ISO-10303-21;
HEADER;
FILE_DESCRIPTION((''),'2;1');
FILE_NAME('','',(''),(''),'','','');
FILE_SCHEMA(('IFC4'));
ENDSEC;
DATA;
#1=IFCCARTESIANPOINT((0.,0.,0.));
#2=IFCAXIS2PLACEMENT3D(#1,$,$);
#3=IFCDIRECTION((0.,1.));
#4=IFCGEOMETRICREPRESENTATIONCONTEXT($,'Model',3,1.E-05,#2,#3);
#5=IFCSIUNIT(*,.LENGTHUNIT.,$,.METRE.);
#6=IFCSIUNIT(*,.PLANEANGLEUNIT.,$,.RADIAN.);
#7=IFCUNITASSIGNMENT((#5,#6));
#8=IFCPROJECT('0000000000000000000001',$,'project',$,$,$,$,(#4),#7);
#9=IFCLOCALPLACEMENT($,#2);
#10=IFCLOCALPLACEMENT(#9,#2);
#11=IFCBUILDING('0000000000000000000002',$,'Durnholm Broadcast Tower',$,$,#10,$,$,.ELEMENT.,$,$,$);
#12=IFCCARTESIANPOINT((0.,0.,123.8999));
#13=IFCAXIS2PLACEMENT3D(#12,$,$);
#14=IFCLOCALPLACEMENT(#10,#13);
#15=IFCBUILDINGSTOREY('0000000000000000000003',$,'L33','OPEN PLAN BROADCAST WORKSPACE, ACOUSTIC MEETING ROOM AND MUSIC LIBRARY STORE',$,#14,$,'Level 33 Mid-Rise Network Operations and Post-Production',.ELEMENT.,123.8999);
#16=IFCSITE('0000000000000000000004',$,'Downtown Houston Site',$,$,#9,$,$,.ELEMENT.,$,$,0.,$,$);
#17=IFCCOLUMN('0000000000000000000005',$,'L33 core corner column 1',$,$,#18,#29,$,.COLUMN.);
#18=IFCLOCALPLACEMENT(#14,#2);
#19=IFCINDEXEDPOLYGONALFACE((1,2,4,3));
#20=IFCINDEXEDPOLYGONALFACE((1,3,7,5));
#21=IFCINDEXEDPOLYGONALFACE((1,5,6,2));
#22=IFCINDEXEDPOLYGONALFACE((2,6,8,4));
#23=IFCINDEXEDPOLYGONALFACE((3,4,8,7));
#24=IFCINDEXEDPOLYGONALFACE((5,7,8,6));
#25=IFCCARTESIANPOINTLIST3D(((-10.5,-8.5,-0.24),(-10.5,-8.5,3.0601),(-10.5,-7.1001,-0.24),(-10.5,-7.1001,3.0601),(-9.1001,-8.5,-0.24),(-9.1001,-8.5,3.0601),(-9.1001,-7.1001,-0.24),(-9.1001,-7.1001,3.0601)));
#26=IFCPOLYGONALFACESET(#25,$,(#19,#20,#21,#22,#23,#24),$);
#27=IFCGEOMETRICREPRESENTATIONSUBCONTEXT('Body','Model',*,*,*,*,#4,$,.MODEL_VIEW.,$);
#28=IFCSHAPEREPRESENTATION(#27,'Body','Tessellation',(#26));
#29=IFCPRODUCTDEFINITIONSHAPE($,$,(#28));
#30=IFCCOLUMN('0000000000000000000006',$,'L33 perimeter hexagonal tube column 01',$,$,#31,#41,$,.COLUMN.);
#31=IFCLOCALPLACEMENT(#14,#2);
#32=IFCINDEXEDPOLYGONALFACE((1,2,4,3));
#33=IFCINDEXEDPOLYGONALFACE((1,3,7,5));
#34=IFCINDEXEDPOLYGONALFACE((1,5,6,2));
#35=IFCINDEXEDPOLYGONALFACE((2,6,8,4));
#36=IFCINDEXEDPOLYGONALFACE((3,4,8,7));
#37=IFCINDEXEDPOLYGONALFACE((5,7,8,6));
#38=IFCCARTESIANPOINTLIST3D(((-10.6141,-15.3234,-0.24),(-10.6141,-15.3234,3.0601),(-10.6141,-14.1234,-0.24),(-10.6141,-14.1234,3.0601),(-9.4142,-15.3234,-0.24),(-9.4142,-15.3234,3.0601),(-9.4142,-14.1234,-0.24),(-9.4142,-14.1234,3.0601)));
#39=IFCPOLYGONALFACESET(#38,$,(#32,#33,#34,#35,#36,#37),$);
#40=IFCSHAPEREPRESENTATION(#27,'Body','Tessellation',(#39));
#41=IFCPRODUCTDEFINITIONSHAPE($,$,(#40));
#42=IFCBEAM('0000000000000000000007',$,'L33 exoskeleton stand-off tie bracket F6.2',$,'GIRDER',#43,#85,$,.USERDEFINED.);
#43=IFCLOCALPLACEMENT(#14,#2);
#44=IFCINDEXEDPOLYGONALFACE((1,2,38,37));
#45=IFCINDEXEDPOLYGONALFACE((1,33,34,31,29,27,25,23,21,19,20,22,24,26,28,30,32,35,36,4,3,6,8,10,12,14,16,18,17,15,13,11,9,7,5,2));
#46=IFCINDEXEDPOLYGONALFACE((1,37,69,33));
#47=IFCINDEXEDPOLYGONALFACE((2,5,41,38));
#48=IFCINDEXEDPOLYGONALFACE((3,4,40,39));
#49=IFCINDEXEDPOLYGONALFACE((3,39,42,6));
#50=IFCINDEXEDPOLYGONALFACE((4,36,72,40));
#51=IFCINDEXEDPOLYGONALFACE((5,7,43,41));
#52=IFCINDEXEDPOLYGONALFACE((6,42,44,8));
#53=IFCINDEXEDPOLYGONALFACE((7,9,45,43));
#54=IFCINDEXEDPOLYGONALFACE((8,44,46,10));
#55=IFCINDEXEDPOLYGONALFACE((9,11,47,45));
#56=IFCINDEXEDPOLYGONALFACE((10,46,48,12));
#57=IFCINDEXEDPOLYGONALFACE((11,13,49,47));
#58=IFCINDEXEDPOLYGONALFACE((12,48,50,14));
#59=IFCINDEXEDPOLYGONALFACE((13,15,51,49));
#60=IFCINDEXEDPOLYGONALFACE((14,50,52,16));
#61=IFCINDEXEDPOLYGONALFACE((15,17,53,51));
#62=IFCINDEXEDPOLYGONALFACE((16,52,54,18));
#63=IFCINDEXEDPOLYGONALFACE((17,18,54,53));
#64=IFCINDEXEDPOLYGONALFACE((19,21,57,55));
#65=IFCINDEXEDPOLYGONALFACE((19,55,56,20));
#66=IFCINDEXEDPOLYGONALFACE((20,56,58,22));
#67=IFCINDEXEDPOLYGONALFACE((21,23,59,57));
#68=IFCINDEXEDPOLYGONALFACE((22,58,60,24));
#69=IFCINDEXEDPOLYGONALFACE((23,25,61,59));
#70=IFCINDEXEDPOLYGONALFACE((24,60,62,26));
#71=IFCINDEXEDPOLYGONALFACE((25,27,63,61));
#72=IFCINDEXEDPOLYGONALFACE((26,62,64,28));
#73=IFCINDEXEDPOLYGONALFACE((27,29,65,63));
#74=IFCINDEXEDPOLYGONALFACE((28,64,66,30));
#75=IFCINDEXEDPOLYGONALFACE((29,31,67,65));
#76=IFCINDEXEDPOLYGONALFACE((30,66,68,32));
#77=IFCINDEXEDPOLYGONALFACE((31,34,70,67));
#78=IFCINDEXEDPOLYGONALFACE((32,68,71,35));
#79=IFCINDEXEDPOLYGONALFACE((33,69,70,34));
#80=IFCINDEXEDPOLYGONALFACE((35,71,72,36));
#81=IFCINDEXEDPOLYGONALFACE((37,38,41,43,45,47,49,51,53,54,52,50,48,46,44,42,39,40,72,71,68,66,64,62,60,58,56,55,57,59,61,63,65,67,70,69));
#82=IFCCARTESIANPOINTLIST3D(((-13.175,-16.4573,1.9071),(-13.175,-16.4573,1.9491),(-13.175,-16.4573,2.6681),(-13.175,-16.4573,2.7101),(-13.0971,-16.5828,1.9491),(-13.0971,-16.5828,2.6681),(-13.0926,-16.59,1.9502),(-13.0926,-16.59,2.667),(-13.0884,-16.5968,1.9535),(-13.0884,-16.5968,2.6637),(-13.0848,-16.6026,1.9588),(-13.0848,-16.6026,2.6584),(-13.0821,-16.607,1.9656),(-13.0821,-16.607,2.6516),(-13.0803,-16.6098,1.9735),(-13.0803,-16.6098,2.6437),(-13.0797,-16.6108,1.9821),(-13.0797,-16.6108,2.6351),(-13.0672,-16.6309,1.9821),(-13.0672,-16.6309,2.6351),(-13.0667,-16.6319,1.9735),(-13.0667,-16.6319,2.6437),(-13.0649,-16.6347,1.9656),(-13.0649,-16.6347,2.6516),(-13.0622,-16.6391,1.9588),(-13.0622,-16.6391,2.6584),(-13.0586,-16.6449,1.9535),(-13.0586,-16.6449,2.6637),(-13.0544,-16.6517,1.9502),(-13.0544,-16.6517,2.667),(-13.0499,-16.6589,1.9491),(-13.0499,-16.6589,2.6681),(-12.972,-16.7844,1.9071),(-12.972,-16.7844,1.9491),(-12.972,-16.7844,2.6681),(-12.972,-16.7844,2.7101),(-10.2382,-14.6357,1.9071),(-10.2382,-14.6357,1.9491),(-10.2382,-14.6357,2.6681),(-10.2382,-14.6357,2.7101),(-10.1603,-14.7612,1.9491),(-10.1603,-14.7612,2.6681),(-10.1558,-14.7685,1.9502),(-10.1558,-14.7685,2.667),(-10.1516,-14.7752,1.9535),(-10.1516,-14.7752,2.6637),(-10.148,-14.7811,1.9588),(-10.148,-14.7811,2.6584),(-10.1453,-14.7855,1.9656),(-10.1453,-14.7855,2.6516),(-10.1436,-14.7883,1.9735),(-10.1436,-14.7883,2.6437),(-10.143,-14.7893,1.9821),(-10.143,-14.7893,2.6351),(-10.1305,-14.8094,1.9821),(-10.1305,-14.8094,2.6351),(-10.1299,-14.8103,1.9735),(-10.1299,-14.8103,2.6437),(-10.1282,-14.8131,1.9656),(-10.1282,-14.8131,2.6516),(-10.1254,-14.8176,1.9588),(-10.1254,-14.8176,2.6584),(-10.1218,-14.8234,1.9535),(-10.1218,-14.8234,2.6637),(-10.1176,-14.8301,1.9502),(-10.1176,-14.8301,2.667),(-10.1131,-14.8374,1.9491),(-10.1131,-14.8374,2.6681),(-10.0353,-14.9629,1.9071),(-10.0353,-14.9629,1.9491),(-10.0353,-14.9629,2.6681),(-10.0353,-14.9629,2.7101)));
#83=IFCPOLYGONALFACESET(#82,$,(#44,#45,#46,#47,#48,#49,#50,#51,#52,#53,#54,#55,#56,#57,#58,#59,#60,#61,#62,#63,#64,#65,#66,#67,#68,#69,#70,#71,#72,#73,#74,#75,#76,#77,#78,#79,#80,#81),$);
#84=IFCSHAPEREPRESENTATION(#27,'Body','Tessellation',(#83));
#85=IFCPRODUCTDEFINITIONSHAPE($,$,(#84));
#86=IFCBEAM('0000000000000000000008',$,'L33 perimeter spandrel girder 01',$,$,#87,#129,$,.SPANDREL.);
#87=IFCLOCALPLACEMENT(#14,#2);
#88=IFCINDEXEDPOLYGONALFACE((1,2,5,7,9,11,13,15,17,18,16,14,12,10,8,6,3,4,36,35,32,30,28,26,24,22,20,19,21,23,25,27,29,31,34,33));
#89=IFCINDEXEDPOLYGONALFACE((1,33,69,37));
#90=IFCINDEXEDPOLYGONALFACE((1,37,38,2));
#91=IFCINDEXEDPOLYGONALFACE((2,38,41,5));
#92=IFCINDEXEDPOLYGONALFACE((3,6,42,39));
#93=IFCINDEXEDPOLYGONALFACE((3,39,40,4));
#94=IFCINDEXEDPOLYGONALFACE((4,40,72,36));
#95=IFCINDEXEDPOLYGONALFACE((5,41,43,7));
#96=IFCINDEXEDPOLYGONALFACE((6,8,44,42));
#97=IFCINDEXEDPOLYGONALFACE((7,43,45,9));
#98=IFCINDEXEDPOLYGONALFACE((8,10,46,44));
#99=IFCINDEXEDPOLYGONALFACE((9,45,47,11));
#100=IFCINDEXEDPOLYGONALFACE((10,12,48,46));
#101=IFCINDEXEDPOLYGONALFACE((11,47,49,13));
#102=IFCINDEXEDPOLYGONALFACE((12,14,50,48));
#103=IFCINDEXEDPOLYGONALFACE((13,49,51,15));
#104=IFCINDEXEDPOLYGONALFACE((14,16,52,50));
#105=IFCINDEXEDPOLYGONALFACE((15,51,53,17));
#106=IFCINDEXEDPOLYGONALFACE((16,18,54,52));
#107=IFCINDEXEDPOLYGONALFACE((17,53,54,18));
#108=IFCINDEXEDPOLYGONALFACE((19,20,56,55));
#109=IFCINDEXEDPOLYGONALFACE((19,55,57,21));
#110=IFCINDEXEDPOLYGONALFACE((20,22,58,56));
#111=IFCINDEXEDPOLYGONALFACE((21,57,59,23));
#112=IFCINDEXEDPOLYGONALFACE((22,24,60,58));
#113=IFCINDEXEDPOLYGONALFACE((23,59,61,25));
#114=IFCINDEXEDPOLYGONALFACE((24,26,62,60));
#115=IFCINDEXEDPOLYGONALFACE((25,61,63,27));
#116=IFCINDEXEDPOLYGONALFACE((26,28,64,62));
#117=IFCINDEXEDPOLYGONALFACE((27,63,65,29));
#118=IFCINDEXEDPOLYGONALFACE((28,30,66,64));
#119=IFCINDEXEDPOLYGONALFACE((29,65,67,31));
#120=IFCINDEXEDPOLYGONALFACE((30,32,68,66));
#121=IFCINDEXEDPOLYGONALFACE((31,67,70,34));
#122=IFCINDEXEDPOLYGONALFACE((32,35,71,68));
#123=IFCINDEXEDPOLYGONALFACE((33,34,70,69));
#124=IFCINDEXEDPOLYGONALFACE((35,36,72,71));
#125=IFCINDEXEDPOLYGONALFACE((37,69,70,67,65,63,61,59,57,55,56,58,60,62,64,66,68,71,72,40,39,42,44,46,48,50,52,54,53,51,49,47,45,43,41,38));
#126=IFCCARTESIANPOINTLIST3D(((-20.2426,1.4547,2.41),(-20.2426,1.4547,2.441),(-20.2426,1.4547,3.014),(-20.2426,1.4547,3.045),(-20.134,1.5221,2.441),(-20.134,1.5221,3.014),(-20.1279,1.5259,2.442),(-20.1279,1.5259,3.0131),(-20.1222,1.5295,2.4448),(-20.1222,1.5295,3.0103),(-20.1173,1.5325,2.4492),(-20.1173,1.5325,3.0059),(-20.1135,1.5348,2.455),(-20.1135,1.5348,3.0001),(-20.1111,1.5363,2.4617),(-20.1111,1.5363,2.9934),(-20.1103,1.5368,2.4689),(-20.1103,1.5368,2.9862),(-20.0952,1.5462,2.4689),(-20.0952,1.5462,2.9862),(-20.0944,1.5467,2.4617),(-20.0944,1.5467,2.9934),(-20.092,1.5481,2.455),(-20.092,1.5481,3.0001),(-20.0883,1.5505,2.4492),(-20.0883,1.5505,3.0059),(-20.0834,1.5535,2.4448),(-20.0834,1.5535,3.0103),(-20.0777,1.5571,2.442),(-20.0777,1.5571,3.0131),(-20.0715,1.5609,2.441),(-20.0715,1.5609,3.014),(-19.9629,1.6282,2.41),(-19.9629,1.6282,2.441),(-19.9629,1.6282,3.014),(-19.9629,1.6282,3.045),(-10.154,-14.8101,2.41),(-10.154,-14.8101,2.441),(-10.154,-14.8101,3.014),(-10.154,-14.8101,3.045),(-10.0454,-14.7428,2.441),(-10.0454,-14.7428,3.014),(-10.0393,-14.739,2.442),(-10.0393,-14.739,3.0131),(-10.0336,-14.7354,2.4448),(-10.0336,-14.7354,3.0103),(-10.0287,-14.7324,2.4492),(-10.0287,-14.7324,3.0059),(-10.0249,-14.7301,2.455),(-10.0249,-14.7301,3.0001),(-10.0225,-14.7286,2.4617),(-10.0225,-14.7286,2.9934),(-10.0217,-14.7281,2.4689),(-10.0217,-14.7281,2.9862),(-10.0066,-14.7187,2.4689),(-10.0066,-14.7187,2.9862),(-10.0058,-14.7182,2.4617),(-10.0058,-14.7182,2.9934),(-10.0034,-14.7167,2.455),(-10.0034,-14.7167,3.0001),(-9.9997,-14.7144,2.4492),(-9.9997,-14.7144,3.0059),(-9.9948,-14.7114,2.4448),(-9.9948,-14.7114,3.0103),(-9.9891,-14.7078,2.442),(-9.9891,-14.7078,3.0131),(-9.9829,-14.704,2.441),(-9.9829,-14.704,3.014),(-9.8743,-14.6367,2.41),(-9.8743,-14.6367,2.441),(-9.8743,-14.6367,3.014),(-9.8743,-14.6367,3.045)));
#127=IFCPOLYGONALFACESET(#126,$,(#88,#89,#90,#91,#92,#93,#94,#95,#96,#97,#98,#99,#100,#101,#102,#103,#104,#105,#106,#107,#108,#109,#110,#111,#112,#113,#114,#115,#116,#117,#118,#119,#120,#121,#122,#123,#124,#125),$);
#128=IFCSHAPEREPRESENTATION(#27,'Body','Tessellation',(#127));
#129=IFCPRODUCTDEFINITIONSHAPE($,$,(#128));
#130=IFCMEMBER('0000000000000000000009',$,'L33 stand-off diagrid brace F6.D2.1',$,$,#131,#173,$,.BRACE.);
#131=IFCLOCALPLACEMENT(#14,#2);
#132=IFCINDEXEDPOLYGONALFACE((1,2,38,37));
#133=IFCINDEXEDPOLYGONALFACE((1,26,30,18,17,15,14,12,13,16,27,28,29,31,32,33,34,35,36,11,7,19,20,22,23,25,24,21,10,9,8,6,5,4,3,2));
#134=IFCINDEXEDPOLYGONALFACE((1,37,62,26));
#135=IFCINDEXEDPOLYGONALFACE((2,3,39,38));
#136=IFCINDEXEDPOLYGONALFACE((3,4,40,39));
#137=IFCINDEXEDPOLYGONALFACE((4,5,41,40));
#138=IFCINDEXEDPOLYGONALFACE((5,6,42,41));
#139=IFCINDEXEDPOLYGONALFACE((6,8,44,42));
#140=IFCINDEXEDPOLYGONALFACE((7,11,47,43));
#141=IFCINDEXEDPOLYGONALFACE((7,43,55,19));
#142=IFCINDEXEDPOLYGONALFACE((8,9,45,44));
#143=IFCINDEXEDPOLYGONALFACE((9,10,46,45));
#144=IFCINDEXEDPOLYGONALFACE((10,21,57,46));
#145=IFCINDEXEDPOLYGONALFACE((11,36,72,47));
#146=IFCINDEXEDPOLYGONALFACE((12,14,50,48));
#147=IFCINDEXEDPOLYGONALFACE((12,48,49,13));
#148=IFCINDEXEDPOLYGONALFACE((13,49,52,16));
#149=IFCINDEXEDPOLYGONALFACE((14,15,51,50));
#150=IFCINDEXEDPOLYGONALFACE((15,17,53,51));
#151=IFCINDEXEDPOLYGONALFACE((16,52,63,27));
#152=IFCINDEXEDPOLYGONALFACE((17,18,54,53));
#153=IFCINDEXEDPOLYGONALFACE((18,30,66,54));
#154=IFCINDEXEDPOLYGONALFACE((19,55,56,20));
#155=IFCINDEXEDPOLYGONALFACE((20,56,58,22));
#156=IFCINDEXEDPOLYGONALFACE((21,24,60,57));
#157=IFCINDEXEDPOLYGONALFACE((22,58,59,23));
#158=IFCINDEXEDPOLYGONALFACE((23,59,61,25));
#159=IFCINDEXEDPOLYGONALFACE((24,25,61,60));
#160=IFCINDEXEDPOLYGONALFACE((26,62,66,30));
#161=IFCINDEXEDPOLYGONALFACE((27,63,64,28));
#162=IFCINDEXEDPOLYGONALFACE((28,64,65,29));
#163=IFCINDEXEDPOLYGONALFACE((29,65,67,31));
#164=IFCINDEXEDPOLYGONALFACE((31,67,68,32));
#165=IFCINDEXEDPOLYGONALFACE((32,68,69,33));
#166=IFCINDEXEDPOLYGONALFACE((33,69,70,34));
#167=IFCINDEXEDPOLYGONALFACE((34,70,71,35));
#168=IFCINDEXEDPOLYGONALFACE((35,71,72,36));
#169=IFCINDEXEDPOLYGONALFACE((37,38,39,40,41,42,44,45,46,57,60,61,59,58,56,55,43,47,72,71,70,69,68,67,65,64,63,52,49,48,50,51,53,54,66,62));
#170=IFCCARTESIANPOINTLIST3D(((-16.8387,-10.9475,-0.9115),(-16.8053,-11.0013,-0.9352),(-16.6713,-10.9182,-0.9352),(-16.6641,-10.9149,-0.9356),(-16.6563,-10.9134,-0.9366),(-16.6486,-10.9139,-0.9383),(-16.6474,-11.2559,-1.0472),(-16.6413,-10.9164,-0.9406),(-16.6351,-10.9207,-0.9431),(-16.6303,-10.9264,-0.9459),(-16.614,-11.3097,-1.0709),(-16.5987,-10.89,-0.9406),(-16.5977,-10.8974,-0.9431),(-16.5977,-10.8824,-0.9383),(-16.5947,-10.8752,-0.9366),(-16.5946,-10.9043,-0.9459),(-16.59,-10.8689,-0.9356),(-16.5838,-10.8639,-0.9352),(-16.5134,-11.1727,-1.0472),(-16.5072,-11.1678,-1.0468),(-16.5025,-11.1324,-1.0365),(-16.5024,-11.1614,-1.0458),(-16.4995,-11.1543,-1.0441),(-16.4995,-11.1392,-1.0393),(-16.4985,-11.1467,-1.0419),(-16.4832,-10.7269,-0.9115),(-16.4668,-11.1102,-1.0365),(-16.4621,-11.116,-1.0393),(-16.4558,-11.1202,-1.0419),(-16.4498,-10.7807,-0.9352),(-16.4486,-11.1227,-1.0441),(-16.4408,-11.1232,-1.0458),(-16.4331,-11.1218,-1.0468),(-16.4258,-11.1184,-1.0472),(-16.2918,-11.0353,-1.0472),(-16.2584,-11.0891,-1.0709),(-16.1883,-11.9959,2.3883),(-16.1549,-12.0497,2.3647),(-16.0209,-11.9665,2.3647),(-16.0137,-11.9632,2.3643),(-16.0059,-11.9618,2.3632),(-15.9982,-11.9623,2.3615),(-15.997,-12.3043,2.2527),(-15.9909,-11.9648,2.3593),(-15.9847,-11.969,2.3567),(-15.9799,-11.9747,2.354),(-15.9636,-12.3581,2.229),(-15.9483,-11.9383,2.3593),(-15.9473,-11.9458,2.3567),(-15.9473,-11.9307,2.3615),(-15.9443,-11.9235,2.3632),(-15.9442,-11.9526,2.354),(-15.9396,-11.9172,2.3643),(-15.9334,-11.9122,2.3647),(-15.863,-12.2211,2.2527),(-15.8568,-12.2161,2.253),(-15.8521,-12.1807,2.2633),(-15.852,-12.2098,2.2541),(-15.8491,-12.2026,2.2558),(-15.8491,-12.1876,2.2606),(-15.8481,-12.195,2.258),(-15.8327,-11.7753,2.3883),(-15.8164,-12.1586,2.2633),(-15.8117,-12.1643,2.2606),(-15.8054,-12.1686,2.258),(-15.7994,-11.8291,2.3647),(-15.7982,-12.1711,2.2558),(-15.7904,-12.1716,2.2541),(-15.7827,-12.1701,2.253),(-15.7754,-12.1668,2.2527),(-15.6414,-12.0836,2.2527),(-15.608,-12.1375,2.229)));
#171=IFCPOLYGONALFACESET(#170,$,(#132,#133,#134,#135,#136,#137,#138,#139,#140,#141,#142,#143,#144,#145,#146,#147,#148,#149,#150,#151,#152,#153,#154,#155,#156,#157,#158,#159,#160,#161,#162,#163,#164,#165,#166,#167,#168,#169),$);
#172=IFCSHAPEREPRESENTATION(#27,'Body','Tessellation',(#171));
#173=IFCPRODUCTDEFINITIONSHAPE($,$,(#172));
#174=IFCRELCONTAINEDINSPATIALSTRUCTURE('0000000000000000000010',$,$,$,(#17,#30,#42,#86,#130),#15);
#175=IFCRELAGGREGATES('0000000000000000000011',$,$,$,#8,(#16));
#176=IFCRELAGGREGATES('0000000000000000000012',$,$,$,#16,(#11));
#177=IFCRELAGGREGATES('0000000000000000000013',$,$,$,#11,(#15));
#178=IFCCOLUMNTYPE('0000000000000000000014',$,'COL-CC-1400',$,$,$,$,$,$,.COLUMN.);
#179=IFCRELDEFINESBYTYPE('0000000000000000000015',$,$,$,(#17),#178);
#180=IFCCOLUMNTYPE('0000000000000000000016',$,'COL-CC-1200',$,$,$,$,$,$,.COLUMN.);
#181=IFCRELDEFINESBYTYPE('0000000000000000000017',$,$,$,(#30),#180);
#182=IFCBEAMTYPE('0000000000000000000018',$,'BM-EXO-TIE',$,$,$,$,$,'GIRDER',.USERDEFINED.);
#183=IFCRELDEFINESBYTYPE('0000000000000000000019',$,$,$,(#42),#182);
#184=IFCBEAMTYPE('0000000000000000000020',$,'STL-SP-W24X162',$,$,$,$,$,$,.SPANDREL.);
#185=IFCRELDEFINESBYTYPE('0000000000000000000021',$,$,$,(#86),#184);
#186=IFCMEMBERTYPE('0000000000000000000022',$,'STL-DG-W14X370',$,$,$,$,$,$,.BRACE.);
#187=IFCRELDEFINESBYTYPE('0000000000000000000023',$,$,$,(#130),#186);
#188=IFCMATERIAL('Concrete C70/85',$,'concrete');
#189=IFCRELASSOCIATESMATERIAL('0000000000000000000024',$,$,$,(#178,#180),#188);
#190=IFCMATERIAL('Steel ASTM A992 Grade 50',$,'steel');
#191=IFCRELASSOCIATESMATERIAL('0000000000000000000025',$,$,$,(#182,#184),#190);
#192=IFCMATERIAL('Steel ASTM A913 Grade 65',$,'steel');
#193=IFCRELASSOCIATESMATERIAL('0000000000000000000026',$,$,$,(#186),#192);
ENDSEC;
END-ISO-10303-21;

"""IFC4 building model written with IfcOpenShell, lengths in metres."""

from ifc_helpers import new_model, si_unit, direction, frame, origin, origin_2d, place, context, subcontext, project, spatial, rectangle, i_section, extrude, source, transform, mapped, material, material_profile, profile_set, type_object, type_shapes, element, save


model = new_model("IFC4")

# Units and contexts
model_context = context("Model", 3, precision=1e-05, world=origin(), true_north=direction((0.0, 1.0)))
body_context = subcontext(model_context, "Body", "Model", "MODEL_VIEW")
ifc_project = project(units=[si_unit("LENGTHUNIT", "METRE"), si_unit("PLANEANGLEUNIT", "RADIAN")], contexts=[model_context])

# Site, building, storey
site_placement = place(None, origin())
site = spatial("IfcSite", under=ifc_project, at=site_placement, Name="Downtown Houston Site", CompositionType="ELEMENT", RefElevation=0.0)
building_placement = place(site_placement, origin())
building = spatial("IfcBuilding", under=site, at=building_placement, Name="Durnholm Broadcast Tower", CompositionType="ELEMENT")
storey_placement = place(building_placement, frame((0.0, 0.0, 123.8999)))
storey = spatial("IfcBuildingStorey", under=building, at=storey_placement, Name="L33", Description="OPEN PLAN BROADCAST WORKSPACE, ACOUSTIC MEETING ROOM AND MUSIC LIBRARY STORE", LongName="Level 33 Mid-Rise Network Operations and Post-Production", CompositionType="ELEMENT", Elevation=123.8999)

# Columns
ifc_material_1 = material(Name="Concrete C70/85", Category="concrete")
ifc_material_profile_1 = material_profile(ifc_material_1, rectangle(XDim=1.3999, YDim=1.3999, at=origin_2d()), Name="RC1400X1400")
ifc_profile_set_1 = profile_set([ifc_material_profile_1], Name="Concrete C70/85")
column_type_1 = type_object("IfcColumnType", Name="COL-CC-1400", PredefinedType="COLUMN", material=ifc_profile_set_1)
shared_shape_1 = source(origin(), body_context, "Body", "SweptSolid", [
    extrude(rectangle(XDim=1.3999, YDim=1.3999, at=origin_2d()), origin(), (0.0, 0.0, 1.0), 3.3),
])
type_shapes(column_type_1, [shared_shape_1])
column_1_placement = place(storey_placement, frame((-9.8, -7.8, -0.24), z_axis=(0.0, 0.0, 1.0), x_axis=(1.0, 0.0, 0.0)))
element("IfcColumn", 1, at=column_1_placement, inside=storey, type_object=column_type_1, Name="L33 core corner column 1", PredefinedType="COLUMN", context=body_context, shape_type="MappedRepresentation", body=[
    mapped(shared_shape_1, transform((0.0, 0.0, 0.0), x_axis=(1.0, 0.0, 0.0), y_axis=(0.0, 1.0, 0.0), z_axis=(0.0, 0.0, 1.0), scale=1.0)),
])
ifc_material_profile_2 = material_profile(ifc_material_1, rectangle(XDim=1.2, YDim=1.2, at=origin_2d()), Name="RC1200X1200")
ifc_profile_set_2 = profile_set([ifc_material_profile_2], Name="Concrete C70/85")
column_type_2 = type_object("IfcColumnType", Name="COL-CC-1200", PredefinedType="COLUMN", material=ifc_profile_set_2)
shared_shape_2 = source(origin(), body_context, "Body", "SweptSolid", [
    extrude(rectangle(XDim=1.2, YDim=1.2, at=origin_2d()), origin(), (0.0, 0.0, 1.0), 3.3),
])
type_shapes(column_type_2, [shared_shape_2])
column_2_placement = place(storey_placement, frame((-10.0142, -14.7234, -0.24), z_axis=(0.0, 0.0, 1.0), x_axis=(1.0, 0.0, 0.0)))
element("IfcColumn", 2, at=column_2_placement, inside=storey, type_object=column_type_2, Name="L33 perimeter hexagonal tube column 01", PredefinedType="COLUMN", context=body_context, shape_type="MappedRepresentation", body=[
    mapped(shared_shape_2, transform((0.0, 0.0, 0.0), x_axis=(1.0, 0.0, 0.0), y_axis=(0.0, 1.0, 0.0), z_axis=(0.0, 0.0, 1.0), scale=1.0)),
])

# Beams
ifc_material_2 = material(Name="Steel ASTM A992 Grade 50", Category="steel")
ifc_material_profile_3 = material_profile(ifc_material_2, i_section(OverallWidth=0.385, OverallDepth=0.803, WebThickness=0.0237, FlangeThickness=0.042, FilletRadius=0.033, at=origin_2d()), Name="W30X261")
ifc_profile_set_3 = profile_set([ifc_material_profile_3], Name="Steel ASTM A992 Grade 50")
beam_type_1 = type_object("IfcBeamType", Name="BM-EXO-TIE", ElementType="GIRDER", PredefinedType="USERDEFINED", material=ifc_profile_set_3)
shared_shape_3 = source(origin(), body_context, "Body", "SweptSolid", [
    extrude(i_section(OverallWidth=0.385, OverallDepth=0.803, WebThickness=0.0237, FlangeThickness=0.042, FilletRadius=0.033, at=origin_2d()), origin(), (0.0, 0.0, 1.0), 3.4558),
])
type_shapes(beam_type_1, [shared_shape_3])
beam_1_placement = place(storey_placement, frame((-10.1367, -14.7993, 2.3086), z_axis=(-0.849807, -0.527094, 0.0), x_axis=(0.527094, -0.849807, 0.0)))
element("IfcBeam", 3, at=beam_1_placement, inside=storey, type_object=beam_type_1, Name="L33 exoskeleton stand-off tie bracket F6.2", ObjectType="GIRDER", PredefinedType="USERDEFINED", context=body_context, shape_type="MappedRepresentation", body=[
    mapped(shared_shape_3, transform((0.0, 0.0, 0.0), x_axis=(1.0, 0.0, 0.0), y_axis=(0.0, 1.0, 0.0), z_axis=(0.0, 0.0, 1.0), scale=1.0)),
])
ifc_material_profile_4 = material_profile(ifc_material_2, i_section(OverallWidth=0.3291, OverallDepth=0.635, WebThickness=0.0178, FlangeThickness=0.031, FilletRadius=0.0278, at=origin_2d()), Name="W24X162")
ifc_profile_set_4 = profile_set([ifc_material_profile_4], Name="Steel ASTM A992 Grade 50")
beam_type_2 = type_object("IfcBeamType", Name="STL-SP-W24X162", PredefinedType="SPANDREL", material=ifc_profile_set_4)
shared_shape_4 = source(origin(), body_context, "Body", "SweptSolid", [
    extrude(i_section(OverallWidth=0.3291, OverallDepth=0.635, WebThickness=0.0178, FlangeThickness=0.031, FilletRadius=0.0278, at=origin_2d()), origin(), (0.0, 0.0, 1.0), 19.1396),
])
type_shapes(beam_type_2, [shared_shape_4])
beam_2_placement = place(storey_placement, frame((-10.0142, -14.7234, 2.7275), z_axis=(-0.527105, 0.8498, 0.0), x_axis=(-0.8498, -0.527105, 0.0)))
element("IfcBeam", 4, at=beam_2_placement, inside=storey, type_object=beam_type_2, Name="L33 perimeter spandrel girder 01", PredefinedType="SPANDREL", context=body_context, shape_type="MappedRepresentation", body=[
    mapped(shared_shape_4, transform((0.0, 0.0, 0.0), x_axis=(1.0, 0.0, 0.0), y_axis=(0.0, 1.0, 0.0), z_axis=(0.0, 0.0, 1.0), scale=1.0)),
])

# Member
ifc_material_3 = material(Name="Steel ASTM A913 Grade 65", Category="steel")
ifc_material_profile_5 = material_profile(ifc_material_3, i_section(OverallWidth=0.4185, OverallDepth=0.4551, WebThickness=0.042, FlangeThickness=0.0676, FilletRadius=0.0305, at=origin_2d()), Name="W14X370")
ifc_profile_set_5 = profile_set([ifc_material_profile_5], Name="Steel ASTM A913 Grade 65")
member_type_1 = type_object("IfcMemberType", Name="STL-DG-W14X370", PredefinedType="BRACE", material=ifc_profile_set_5)
shared_shape_5 = source(origin(), body_context, "Body", "SweptSolid", [
    extrude(i_section(OverallWidth=0.4185, OverallDepth=0.4551, WebThickness=0.042, FlangeThickness=0.0676, FilletRadius=0.0305, at=origin_2d()), origin(), (0.0, 0.0, 1.0), 3.5229),
])
type_shapes(member_type_1, [shared_shape_5])
for number, where, z_axis, x_axis, name in (
    (5, (-16.5486, -11.0183, -0.9912), (0.184619, -0.29758, 0.936676), (0.84975, 0.527186, 0.0), "L33 stand-off diagrid brace F6.D2.1"),
):
    element("IfcMember", number, at=place(storey_placement, frame(where, z_axis=z_axis, x_axis=x_axis)), inside=storey, type_object=member_type_1, Name=name, PredefinedType="BRACE", context=body_context, shape_type="MappedRepresentation", body=[
        mapped(shared_shape_5, transform((0.0, 0.0, 0.0), x_axis=(1.0, 0.0, 0.0), y_axis=(0.0, 1.0, 0.0), z_axis=(0.0, 0.0, 1.0), scale=1.0)),
    ])

save(model, "model.ifc")
